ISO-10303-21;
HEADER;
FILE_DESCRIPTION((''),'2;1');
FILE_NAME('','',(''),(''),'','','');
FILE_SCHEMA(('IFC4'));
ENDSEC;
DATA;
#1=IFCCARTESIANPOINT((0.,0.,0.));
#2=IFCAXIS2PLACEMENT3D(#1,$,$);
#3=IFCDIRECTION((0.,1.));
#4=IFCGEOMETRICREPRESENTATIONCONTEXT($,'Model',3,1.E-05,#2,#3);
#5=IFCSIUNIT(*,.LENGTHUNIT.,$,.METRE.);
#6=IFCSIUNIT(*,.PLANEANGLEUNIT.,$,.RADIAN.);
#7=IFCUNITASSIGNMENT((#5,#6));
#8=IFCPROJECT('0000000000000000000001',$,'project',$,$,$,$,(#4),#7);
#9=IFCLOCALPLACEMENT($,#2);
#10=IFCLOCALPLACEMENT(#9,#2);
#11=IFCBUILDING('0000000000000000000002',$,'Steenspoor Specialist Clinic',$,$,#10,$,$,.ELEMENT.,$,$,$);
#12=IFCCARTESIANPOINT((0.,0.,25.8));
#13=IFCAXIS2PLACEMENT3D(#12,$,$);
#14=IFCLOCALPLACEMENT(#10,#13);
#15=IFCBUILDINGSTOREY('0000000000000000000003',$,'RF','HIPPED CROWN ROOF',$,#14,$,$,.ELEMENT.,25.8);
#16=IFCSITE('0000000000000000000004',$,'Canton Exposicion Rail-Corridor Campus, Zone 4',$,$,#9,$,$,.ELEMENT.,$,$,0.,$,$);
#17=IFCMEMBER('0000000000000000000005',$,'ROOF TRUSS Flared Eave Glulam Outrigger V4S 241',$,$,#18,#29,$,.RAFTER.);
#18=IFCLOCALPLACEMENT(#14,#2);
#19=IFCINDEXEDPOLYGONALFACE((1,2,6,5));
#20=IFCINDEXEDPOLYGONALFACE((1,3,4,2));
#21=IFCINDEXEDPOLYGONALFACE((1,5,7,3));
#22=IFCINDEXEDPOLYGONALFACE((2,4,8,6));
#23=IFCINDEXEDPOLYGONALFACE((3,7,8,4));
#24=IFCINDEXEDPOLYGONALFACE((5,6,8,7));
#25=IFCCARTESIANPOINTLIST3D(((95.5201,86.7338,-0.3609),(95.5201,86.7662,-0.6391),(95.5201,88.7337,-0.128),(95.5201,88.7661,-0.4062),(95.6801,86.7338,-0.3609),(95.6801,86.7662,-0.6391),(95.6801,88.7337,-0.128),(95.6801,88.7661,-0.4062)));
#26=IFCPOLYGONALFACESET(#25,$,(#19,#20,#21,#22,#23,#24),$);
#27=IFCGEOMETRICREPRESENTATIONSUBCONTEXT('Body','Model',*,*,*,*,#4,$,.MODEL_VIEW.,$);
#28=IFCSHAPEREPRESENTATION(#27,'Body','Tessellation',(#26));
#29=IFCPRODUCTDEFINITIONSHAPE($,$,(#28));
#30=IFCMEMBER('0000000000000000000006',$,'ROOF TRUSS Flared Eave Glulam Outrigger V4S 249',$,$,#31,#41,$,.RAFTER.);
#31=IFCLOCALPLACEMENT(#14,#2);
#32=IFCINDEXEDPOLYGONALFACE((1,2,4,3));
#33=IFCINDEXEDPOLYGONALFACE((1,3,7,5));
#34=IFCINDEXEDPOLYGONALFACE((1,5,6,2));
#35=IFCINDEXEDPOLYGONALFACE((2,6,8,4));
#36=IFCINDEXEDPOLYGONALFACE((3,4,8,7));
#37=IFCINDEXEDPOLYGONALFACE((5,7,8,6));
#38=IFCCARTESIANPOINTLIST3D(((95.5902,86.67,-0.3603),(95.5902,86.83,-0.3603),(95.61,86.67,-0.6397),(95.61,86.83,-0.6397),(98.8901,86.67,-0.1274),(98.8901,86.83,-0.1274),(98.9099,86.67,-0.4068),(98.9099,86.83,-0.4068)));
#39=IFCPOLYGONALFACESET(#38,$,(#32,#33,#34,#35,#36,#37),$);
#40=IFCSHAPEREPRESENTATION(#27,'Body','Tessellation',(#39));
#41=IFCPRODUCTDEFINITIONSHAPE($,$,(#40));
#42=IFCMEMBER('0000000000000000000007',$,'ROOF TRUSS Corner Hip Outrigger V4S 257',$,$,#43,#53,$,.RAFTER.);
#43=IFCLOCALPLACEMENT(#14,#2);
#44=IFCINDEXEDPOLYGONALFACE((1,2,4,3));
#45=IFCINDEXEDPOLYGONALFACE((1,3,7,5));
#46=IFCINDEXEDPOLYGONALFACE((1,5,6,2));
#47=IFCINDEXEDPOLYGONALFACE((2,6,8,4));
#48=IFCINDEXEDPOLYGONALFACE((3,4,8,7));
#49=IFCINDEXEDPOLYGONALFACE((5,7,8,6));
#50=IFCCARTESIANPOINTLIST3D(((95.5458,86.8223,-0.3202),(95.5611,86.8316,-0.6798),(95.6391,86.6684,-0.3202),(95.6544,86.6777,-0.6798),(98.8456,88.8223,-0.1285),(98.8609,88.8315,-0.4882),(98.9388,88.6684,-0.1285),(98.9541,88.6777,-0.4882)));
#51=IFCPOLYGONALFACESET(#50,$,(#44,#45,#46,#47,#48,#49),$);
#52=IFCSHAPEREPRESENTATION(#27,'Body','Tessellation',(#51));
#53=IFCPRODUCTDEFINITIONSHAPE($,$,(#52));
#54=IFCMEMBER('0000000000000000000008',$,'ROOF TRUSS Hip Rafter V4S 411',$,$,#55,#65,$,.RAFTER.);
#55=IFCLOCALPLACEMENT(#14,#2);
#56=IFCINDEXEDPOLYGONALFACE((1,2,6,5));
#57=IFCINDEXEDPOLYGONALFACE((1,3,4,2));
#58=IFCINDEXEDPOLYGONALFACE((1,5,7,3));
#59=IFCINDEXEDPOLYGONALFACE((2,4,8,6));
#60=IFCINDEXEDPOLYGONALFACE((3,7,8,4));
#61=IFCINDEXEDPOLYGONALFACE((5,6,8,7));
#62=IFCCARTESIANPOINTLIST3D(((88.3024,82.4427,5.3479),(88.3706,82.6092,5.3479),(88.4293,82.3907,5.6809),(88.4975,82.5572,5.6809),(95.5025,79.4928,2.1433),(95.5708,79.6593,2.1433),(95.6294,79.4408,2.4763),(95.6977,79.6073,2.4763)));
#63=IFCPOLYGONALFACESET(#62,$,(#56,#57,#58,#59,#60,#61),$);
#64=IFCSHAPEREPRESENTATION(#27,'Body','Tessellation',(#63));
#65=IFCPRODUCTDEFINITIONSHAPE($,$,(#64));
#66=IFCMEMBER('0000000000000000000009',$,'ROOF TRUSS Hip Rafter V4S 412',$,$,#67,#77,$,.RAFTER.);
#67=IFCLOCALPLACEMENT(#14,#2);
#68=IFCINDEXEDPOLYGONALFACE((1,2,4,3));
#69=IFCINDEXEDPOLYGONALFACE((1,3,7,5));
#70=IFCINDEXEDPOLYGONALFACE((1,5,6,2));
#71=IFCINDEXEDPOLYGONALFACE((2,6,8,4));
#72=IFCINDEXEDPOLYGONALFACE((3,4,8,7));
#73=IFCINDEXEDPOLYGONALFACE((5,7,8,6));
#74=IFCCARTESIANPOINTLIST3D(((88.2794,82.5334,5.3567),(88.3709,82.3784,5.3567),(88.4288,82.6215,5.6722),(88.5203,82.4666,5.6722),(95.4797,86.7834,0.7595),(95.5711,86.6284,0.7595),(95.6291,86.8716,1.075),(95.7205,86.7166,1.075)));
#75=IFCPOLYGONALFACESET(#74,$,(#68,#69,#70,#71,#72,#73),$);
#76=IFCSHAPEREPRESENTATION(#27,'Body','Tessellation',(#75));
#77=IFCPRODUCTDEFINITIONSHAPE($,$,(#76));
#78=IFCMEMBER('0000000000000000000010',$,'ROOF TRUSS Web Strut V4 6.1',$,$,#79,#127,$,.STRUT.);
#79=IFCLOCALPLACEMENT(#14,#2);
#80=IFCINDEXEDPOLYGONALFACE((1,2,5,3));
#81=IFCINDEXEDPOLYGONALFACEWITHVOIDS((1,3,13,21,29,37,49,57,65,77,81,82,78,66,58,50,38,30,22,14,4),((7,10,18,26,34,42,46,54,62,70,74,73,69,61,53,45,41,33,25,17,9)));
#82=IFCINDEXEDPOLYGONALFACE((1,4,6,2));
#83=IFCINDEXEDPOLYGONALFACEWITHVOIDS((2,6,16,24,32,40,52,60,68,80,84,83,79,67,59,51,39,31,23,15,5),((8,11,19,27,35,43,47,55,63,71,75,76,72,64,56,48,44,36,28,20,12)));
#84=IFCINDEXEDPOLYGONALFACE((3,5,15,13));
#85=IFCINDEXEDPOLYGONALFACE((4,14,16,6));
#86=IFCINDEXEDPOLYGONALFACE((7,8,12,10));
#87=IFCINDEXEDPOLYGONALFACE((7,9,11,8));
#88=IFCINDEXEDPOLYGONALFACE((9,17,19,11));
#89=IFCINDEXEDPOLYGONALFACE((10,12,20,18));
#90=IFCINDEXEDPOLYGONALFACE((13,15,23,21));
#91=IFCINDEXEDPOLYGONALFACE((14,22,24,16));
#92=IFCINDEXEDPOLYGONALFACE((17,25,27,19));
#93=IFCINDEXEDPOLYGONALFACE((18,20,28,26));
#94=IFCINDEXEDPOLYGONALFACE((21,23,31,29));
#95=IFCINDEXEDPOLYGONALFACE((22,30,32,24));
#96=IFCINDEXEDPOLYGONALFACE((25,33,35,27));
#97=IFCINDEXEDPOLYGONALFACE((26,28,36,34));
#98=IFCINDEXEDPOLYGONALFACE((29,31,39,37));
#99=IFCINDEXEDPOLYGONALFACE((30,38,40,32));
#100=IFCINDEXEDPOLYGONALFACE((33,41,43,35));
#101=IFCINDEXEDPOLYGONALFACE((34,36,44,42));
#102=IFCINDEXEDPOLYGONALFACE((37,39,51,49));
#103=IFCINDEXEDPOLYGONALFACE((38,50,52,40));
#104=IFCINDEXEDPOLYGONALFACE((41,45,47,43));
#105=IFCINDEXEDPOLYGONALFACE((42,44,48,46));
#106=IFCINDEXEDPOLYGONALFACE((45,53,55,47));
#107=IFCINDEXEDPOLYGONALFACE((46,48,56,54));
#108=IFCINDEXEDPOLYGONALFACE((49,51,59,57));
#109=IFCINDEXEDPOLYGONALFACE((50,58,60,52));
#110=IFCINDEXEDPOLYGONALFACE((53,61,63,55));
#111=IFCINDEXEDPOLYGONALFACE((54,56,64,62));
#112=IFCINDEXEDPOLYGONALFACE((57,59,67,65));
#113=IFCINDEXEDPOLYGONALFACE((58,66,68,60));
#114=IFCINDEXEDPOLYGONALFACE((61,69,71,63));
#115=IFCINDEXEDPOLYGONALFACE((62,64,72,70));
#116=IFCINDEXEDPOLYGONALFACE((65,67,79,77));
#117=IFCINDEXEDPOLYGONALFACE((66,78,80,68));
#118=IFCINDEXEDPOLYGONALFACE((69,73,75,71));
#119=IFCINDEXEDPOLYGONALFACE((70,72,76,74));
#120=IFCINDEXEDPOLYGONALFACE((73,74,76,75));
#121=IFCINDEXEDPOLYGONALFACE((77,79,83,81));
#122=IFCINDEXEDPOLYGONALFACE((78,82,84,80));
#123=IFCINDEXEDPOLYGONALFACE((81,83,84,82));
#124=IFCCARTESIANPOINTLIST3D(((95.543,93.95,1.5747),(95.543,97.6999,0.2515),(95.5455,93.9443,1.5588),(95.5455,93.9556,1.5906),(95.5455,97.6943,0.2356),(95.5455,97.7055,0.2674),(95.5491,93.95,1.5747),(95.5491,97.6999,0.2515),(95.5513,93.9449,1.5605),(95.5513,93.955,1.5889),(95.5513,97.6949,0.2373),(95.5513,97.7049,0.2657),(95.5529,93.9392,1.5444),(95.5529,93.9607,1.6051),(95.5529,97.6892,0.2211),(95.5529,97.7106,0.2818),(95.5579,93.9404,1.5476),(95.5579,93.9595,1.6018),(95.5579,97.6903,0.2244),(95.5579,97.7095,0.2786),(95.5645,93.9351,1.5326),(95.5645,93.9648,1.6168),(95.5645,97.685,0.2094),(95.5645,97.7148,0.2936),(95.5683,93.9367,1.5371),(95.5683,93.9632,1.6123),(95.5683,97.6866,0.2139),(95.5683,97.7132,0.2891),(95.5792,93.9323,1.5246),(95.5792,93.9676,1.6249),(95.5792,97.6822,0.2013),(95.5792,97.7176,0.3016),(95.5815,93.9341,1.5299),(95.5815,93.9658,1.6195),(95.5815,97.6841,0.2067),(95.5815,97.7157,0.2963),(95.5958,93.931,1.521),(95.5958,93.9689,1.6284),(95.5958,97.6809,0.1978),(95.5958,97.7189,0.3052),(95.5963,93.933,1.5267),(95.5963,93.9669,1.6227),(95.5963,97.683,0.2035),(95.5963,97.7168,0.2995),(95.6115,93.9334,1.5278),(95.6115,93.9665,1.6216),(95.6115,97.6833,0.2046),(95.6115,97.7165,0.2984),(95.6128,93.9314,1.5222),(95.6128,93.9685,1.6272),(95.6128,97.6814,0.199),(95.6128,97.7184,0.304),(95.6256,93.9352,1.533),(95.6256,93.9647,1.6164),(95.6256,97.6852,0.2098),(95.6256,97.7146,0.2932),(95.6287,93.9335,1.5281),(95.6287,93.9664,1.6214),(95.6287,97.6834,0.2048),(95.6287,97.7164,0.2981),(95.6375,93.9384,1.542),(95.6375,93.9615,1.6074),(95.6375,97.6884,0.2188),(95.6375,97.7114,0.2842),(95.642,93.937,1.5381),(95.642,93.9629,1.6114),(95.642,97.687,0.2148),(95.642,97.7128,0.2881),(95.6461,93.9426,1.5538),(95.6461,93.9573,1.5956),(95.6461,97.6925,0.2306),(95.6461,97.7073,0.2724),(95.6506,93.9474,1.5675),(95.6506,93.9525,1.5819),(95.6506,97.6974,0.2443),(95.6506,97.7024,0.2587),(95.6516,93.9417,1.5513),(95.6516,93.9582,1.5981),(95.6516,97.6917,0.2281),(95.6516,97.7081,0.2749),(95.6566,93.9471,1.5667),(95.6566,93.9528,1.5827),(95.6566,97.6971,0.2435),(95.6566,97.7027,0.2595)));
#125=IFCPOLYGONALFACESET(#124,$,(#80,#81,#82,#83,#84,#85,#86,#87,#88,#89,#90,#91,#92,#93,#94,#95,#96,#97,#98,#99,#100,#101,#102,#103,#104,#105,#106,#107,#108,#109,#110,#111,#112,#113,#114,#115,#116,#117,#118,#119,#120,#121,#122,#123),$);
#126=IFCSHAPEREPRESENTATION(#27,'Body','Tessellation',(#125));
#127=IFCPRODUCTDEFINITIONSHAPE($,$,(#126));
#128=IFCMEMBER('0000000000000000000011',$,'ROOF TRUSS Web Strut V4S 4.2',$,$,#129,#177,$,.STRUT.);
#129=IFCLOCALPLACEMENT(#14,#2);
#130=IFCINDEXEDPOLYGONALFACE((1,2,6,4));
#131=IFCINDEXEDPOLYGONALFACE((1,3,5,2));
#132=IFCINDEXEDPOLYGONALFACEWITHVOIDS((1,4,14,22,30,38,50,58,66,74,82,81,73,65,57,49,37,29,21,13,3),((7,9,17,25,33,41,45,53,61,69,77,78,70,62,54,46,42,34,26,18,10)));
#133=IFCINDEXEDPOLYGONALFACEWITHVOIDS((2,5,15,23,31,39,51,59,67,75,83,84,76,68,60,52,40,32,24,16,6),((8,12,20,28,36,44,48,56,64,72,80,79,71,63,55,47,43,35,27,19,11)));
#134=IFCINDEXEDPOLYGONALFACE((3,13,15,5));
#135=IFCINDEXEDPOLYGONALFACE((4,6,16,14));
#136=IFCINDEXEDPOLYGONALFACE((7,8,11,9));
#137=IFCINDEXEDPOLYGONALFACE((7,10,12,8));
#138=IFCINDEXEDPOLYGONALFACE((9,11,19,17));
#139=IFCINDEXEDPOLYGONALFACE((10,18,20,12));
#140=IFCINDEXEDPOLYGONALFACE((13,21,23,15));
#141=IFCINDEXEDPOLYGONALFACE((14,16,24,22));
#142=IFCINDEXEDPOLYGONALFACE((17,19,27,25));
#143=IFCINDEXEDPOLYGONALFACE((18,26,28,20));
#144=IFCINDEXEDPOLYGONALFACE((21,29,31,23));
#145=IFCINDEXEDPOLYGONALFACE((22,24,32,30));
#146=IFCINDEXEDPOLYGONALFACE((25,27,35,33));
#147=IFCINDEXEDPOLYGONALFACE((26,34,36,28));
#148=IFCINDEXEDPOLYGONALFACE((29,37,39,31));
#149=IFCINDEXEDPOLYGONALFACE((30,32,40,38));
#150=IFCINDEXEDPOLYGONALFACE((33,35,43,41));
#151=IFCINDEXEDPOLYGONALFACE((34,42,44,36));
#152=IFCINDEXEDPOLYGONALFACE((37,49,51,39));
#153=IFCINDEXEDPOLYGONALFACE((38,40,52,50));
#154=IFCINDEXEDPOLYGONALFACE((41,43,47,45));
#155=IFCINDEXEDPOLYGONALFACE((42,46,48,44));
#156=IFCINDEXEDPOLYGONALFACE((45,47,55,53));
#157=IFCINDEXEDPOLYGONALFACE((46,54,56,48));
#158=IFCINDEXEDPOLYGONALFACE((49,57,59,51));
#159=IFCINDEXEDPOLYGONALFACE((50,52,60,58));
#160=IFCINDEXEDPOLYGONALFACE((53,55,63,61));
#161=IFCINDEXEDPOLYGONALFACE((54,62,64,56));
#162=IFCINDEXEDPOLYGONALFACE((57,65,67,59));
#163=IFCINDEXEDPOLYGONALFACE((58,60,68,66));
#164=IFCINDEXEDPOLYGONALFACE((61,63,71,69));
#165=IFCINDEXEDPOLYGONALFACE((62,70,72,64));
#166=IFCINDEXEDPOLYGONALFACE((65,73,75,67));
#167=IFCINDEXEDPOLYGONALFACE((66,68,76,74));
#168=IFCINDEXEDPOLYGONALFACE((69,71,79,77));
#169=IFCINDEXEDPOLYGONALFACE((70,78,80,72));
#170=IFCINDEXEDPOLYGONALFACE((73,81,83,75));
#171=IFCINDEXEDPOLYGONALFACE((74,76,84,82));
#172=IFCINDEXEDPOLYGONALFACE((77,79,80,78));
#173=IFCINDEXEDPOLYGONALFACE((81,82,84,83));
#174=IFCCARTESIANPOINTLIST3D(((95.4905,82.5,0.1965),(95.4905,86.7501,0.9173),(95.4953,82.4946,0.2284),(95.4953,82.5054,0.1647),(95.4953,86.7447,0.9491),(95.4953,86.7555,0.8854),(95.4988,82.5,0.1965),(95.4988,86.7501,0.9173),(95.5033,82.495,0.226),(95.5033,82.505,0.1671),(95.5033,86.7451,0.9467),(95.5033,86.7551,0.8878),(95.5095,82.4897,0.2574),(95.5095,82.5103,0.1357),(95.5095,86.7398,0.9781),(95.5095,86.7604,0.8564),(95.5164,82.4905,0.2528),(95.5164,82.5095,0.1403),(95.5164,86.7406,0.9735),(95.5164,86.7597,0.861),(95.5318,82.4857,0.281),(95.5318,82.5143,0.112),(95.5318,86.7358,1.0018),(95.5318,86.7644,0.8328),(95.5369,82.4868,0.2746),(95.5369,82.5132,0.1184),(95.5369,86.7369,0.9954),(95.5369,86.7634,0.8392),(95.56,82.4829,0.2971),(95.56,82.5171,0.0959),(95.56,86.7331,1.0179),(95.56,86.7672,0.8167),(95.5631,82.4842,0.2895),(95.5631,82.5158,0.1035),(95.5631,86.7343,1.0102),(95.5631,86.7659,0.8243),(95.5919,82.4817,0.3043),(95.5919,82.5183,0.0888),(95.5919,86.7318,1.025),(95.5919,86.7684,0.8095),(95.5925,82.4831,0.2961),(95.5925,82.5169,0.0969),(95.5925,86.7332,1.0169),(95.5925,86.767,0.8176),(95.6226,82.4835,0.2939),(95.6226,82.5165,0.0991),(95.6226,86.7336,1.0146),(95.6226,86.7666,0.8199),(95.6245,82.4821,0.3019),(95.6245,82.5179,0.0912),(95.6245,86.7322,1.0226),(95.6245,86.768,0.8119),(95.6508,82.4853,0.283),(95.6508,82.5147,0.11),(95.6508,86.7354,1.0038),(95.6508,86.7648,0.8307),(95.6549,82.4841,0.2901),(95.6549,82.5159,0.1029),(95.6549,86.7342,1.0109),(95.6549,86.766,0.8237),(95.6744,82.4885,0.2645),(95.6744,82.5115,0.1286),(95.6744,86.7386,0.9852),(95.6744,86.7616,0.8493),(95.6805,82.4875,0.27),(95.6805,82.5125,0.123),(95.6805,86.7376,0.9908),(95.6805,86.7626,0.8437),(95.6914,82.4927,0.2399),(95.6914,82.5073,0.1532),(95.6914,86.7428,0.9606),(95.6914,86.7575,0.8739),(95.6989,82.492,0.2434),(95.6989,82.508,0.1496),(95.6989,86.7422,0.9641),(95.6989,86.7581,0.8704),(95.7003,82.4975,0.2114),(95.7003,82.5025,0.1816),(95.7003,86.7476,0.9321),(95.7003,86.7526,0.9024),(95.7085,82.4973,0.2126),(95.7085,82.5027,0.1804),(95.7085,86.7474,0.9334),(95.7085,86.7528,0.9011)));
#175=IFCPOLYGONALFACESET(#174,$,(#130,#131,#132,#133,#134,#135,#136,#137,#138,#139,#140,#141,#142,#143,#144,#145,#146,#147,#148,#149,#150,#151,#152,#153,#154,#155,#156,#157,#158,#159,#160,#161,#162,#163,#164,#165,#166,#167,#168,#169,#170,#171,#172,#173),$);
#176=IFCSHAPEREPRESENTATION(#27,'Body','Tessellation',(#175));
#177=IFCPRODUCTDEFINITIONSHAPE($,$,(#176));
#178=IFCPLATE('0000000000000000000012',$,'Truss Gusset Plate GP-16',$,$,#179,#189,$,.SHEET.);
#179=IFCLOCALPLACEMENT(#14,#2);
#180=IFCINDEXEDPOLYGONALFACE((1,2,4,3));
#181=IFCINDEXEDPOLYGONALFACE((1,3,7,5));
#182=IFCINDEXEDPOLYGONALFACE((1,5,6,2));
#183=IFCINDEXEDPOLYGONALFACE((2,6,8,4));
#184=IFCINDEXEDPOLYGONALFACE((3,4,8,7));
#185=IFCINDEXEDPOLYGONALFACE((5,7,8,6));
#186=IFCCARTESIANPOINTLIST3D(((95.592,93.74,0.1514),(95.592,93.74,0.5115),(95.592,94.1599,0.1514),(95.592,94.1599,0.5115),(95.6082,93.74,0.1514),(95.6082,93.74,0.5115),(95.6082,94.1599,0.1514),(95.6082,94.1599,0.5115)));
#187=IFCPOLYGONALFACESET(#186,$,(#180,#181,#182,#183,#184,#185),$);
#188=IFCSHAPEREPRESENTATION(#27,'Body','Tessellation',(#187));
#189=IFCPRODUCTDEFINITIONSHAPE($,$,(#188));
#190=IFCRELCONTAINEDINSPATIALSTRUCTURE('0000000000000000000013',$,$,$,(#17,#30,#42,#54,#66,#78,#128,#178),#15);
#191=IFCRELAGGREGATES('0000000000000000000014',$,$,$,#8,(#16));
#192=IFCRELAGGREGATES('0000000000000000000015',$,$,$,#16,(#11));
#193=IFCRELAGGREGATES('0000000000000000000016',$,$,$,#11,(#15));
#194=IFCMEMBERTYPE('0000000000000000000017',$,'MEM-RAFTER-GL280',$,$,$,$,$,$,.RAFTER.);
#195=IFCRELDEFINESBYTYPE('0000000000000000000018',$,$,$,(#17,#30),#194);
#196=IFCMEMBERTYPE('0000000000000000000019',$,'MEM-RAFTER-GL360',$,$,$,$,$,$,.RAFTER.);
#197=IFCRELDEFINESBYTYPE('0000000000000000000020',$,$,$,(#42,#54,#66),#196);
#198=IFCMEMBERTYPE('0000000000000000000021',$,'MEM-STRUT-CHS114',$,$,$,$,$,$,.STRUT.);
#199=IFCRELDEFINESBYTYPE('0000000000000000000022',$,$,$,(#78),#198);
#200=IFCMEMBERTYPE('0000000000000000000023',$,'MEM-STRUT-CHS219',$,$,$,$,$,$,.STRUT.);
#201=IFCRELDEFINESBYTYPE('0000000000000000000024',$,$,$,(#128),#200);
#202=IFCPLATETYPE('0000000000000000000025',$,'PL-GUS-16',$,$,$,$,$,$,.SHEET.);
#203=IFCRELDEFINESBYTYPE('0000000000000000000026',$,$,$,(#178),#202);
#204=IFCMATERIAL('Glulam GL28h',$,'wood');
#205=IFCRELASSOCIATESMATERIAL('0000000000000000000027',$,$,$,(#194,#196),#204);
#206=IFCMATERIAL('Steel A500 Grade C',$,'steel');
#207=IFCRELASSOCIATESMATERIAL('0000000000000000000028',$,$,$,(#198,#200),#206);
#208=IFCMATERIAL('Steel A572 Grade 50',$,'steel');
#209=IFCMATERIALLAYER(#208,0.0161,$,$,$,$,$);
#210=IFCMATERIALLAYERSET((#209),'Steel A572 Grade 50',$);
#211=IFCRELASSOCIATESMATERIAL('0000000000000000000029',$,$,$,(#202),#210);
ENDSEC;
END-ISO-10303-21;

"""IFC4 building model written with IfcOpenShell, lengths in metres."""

from ifc_helpers import new_model, si_unit, direction, frame, origin, origin_2d, place, context, subcontext, project, spatial, rectangle, hollow_circle, extrude, material, layer, layer_set, material_profile, profile_set, type_object, element, save


model = new_model("IFC4")

# Units and contexts
model_context = context("Model", 3, precision=1e-05, world=origin(), true_north=direction((0.0, 1.0)))
body_context = subcontext(model_context, "Body", "Model", "MODEL_VIEW")
ifc_project = project(units=[si_unit("LENGTHUNIT", "METRE"), si_unit("PLANEANGLEUNIT", "RADIAN")], contexts=[model_context])

# Site, building, storey
site_placement = place(None, origin())
site = spatial("IfcSite", under=ifc_project, at=site_placement, Name="Canton Exposicion Rail-Corridor Campus, Zone 4", CompositionType="ELEMENT", RefElevation=0.0)
building_placement = place(site_placement, origin())
building = spatial("IfcBuilding", under=site, at=building_placement, Name="Steenspoor Specialist Clinic", CompositionType="ELEMENT")
storey_placement = place(building_placement, frame((0.0, 0.0, 25.8)))
storey = spatial("IfcBuildingStorey", under=building, at=storey_placement, Name="RF", Description="HIPPED CROWN ROOF", CompositionType="ELEMENT", Elevation=25.8)

# Members
ifc_material_1 = material(Name="Steel A500 Grade C", Category="steel")
ifc_material_2 = material(Name="Glulam GL28h", Category="wood")
ifc_material_profile_1 = material_profile(ifc_material_2, rectangle(XDim=0.1599, YDim=0.28, at=origin_2d()), Name="GL28H-160X280")
ifc_profile_set_1 = profile_set([ifc_material_profile_1], Name="Glulam GL28h")
member_type_1 = type_object("IfcMemberType", Name="MEM-RAFTER-GL280", PredefinedType="RAFTER", material=ifc_profile_set_1)
member_1_placement = place(storey_placement, frame((95.6001, 86.75, -0.5), z_axis=(0.0, 0.993287, 0.115673), x_axis=(-1.0, 0.0, 0.0)))
element("IfcMember", 1, at=member_1_placement, inside=storey, type_object=member_type_1, Name="ROOF TRUSS Flared Eave Glulam Outrigger V4S 241", PredefinedType="RAFTER", context=body_context, shape_type="SweptSolid", body=[
    extrude(rectangle(XDim=0.1599, YDim=0.28, at=origin_2d()), origin(), (0.0, 0.0, 1.0), 2.0134),
])
member_2_placement = place(storey_placement, frame((95.6001, 86.75, -0.5), z_axis=(0.997518, 0.0, 0.070408), x_axis=(0.0, 1.0, 0.0)))
element("IfcMember", 2, at=member_2_placement, inside=storey, type_object=member_type_1, Name="ROOF TRUSS Flared Eave Glulam Outrigger V4S 249", PredefinedType="RAFTER", context=body_context, shape_type="SweptSolid", body=[
    extrude(rectangle(XDim=0.1599, YDim=0.28, at=origin_2d()), origin(), (0.0, 0.0, 1.0), 3.3081),
])
ifc_material_profile_2 = material_profile(ifc_material_2, rectangle(XDim=0.1799, YDim=0.3601, at=origin_2d()), Name="GL28H-180X360")
ifc_profile_set_2 = profile_set([ifc_material_profile_2], Name="Glulam GL28h")
member_type_2 = type_object("IfcMemberType", Name="MEM-RAFTER-GL360", PredefinedType="RAFTER", material=ifc_profile_set_2)
member_3_placement = place(storey_placement, frame((95.6001, 86.75, -0.5), z_axis=(0.854131, 0.517686, 0.049607), x_axis=(-0.518324, 0.855184, 0.0)))
element("IfcMember", 3, at=member_3_placement, inside=storey, type_object=member_type_2, Name="ROOF TRUSS Corner Hip Outrigger V4S 257", PredefinedType="RAFTER", context=body_context, shape_type="SweptSolid", body=[
    extrude(rectangle(XDim=0.1799, YDim=0.3601, at=origin_2d()), origin(), (0.0, 0.0, 1.0), 3.8633),
])
member_4_placement = place(storey_placement, frame((95.6001, 79.55, 2.3098), z_axis=(-0.855625, 0.350553, 0.380813), x_axis=(-0.379119, -0.925348, 0.0)))
element("IfcMember", 4, at=member_4_placement, inside=storey, type_object=member_type_2, Name="ROOF TRUSS Hip Rafter V4S 411", PredefinedType="RAFTER", context=body_context, shape_type="SweptSolid", body=[
    extrude(rectangle(XDim=0.1799, YDim=0.3601, at=origin_2d()), origin(), (0.0, 0.0, 1.0), 8.415),
])
member_5_placement = place(storey_placement, frame((95.6001, 86.75, 0.9172), z_axis=(-0.754623, -0.445425, 0.48181), x_axis=(0.508316, -0.861171, 0.0)))
element("IfcMember", 5, at=member_5_placement, inside=storey, type_object=member_type_2, Name="ROOF TRUSS Hip Rafter V4S 412", PredefinedType="RAFTER", context=body_context, shape_type="SweptSolid", body=[
    extrude(rectangle(XDim=0.1799, YDim=0.3601, at=origin_2d()), origin(), (0.0, 0.0, 1.0), 9.5415),
])
ifc_material_profile_3 = material_profile(ifc_material_1, hollow_circle(Radius=0.0571, WallThickness=0.0061, at=origin_2d()), Name="CHS114X6.0")
ifc_profile_set_3 = profile_set([ifc_material_profile_3], Name="Steel A500 Grade C")
member_type_3 = type_object("IfcMemberType", Name="MEM-STRUT-CHS114", PredefinedType="STRUT", material=ifc_profile_set_3)
member_6_placement = place(storey_placement, frame((95.6001, 93.95, 1.5747), z_axis=(0.0, 0.943013, -0.332756), x_axis=(-1.0, 0.0, 0.0)))
element("IfcMember", 6, at=member_6_placement, inside=storey, type_object=member_type_3, Name="ROOF TRUSS Web Strut V4 6.1", PredefinedType="STRUT", context=body_context, shape_type="SweptSolid", body=[
    extrude(hollow_circle(Radius=0.0571, WallThickness=0.0061, at=origin_2d()), origin(), (0.0, 0.0, 1.0), 3.9766),
])
ifc_material_profile_4 = material_profile(ifc_material_1, hollow_circle(Radius=0.1096, WallThickness=0.0083, at=origin_2d()), Name="CHS219X8.2")
ifc_profile_set_4 = profile_set([ifc_material_profile_4], Name="Steel A500 Grade C")
member_type_4 = type_object("IfcMemberType", Name="MEM-STRUT-CHS219", PredefinedType="STRUT", material=ifc_profile_set_4)
member_7_placement = place(storey_placement, frame((95.6001, 82.5, 0.1965), z_axis=(0.0, 0.985925, 0.16719), x_axis=(-1.0, 0.0, 0.0)))
element("IfcMember", 7, at=member_7_placement, inside=storey, type_object=member_type_4, Name="ROOF TRUSS Web Strut V4S 4.2", PredefinedType="STRUT", context=body_context, shape_type="SweptSolid", body=[
    extrude(hollow_circle(Radius=0.1096, WallThickness=0.0083, at=origin_2d()), origin(), (0.0, 0.0, 1.0), 4.3108),
])

# Plate
ifc_material_3 = material(Name="Steel A572 Grade 50", Category="steel")
ifc_layer_1 = layer(ifc_material_3, 0.0161)
ifc_layer_set_1 = layer_set([ifc_layer_1], Name="Steel A572 Grade 50")
plate_type_1 = type_object("IfcPlateType", Name="PL-GUS-16", PredefinedType="SHEET", material=ifc_layer_set_1)
for number, where, z_axis, x_axis, name in (
    (8, (95.6001, 93.95, 0.1514), (0.0, 0.0, 1.0), (1.0, 0.0, 0.0), "Truss Gusset Plate GP-16"),
):
    element("IfcPlate", number, at=place(storey_placement, frame(where, z_axis=z_axis, x_axis=x_axis)), inside=storey, type_object=plate_type_1, Name=name, PredefinedType="SHEET", context=body_context, shape_type="SweptSolid", body=[
        extrude(rectangle(XDim=0.0161, YDim=0.4199, at=origin_2d()), origin(), (0.0, 0.0, 1.0), 0.3601),
    ])

save(model, "model.ifc")
